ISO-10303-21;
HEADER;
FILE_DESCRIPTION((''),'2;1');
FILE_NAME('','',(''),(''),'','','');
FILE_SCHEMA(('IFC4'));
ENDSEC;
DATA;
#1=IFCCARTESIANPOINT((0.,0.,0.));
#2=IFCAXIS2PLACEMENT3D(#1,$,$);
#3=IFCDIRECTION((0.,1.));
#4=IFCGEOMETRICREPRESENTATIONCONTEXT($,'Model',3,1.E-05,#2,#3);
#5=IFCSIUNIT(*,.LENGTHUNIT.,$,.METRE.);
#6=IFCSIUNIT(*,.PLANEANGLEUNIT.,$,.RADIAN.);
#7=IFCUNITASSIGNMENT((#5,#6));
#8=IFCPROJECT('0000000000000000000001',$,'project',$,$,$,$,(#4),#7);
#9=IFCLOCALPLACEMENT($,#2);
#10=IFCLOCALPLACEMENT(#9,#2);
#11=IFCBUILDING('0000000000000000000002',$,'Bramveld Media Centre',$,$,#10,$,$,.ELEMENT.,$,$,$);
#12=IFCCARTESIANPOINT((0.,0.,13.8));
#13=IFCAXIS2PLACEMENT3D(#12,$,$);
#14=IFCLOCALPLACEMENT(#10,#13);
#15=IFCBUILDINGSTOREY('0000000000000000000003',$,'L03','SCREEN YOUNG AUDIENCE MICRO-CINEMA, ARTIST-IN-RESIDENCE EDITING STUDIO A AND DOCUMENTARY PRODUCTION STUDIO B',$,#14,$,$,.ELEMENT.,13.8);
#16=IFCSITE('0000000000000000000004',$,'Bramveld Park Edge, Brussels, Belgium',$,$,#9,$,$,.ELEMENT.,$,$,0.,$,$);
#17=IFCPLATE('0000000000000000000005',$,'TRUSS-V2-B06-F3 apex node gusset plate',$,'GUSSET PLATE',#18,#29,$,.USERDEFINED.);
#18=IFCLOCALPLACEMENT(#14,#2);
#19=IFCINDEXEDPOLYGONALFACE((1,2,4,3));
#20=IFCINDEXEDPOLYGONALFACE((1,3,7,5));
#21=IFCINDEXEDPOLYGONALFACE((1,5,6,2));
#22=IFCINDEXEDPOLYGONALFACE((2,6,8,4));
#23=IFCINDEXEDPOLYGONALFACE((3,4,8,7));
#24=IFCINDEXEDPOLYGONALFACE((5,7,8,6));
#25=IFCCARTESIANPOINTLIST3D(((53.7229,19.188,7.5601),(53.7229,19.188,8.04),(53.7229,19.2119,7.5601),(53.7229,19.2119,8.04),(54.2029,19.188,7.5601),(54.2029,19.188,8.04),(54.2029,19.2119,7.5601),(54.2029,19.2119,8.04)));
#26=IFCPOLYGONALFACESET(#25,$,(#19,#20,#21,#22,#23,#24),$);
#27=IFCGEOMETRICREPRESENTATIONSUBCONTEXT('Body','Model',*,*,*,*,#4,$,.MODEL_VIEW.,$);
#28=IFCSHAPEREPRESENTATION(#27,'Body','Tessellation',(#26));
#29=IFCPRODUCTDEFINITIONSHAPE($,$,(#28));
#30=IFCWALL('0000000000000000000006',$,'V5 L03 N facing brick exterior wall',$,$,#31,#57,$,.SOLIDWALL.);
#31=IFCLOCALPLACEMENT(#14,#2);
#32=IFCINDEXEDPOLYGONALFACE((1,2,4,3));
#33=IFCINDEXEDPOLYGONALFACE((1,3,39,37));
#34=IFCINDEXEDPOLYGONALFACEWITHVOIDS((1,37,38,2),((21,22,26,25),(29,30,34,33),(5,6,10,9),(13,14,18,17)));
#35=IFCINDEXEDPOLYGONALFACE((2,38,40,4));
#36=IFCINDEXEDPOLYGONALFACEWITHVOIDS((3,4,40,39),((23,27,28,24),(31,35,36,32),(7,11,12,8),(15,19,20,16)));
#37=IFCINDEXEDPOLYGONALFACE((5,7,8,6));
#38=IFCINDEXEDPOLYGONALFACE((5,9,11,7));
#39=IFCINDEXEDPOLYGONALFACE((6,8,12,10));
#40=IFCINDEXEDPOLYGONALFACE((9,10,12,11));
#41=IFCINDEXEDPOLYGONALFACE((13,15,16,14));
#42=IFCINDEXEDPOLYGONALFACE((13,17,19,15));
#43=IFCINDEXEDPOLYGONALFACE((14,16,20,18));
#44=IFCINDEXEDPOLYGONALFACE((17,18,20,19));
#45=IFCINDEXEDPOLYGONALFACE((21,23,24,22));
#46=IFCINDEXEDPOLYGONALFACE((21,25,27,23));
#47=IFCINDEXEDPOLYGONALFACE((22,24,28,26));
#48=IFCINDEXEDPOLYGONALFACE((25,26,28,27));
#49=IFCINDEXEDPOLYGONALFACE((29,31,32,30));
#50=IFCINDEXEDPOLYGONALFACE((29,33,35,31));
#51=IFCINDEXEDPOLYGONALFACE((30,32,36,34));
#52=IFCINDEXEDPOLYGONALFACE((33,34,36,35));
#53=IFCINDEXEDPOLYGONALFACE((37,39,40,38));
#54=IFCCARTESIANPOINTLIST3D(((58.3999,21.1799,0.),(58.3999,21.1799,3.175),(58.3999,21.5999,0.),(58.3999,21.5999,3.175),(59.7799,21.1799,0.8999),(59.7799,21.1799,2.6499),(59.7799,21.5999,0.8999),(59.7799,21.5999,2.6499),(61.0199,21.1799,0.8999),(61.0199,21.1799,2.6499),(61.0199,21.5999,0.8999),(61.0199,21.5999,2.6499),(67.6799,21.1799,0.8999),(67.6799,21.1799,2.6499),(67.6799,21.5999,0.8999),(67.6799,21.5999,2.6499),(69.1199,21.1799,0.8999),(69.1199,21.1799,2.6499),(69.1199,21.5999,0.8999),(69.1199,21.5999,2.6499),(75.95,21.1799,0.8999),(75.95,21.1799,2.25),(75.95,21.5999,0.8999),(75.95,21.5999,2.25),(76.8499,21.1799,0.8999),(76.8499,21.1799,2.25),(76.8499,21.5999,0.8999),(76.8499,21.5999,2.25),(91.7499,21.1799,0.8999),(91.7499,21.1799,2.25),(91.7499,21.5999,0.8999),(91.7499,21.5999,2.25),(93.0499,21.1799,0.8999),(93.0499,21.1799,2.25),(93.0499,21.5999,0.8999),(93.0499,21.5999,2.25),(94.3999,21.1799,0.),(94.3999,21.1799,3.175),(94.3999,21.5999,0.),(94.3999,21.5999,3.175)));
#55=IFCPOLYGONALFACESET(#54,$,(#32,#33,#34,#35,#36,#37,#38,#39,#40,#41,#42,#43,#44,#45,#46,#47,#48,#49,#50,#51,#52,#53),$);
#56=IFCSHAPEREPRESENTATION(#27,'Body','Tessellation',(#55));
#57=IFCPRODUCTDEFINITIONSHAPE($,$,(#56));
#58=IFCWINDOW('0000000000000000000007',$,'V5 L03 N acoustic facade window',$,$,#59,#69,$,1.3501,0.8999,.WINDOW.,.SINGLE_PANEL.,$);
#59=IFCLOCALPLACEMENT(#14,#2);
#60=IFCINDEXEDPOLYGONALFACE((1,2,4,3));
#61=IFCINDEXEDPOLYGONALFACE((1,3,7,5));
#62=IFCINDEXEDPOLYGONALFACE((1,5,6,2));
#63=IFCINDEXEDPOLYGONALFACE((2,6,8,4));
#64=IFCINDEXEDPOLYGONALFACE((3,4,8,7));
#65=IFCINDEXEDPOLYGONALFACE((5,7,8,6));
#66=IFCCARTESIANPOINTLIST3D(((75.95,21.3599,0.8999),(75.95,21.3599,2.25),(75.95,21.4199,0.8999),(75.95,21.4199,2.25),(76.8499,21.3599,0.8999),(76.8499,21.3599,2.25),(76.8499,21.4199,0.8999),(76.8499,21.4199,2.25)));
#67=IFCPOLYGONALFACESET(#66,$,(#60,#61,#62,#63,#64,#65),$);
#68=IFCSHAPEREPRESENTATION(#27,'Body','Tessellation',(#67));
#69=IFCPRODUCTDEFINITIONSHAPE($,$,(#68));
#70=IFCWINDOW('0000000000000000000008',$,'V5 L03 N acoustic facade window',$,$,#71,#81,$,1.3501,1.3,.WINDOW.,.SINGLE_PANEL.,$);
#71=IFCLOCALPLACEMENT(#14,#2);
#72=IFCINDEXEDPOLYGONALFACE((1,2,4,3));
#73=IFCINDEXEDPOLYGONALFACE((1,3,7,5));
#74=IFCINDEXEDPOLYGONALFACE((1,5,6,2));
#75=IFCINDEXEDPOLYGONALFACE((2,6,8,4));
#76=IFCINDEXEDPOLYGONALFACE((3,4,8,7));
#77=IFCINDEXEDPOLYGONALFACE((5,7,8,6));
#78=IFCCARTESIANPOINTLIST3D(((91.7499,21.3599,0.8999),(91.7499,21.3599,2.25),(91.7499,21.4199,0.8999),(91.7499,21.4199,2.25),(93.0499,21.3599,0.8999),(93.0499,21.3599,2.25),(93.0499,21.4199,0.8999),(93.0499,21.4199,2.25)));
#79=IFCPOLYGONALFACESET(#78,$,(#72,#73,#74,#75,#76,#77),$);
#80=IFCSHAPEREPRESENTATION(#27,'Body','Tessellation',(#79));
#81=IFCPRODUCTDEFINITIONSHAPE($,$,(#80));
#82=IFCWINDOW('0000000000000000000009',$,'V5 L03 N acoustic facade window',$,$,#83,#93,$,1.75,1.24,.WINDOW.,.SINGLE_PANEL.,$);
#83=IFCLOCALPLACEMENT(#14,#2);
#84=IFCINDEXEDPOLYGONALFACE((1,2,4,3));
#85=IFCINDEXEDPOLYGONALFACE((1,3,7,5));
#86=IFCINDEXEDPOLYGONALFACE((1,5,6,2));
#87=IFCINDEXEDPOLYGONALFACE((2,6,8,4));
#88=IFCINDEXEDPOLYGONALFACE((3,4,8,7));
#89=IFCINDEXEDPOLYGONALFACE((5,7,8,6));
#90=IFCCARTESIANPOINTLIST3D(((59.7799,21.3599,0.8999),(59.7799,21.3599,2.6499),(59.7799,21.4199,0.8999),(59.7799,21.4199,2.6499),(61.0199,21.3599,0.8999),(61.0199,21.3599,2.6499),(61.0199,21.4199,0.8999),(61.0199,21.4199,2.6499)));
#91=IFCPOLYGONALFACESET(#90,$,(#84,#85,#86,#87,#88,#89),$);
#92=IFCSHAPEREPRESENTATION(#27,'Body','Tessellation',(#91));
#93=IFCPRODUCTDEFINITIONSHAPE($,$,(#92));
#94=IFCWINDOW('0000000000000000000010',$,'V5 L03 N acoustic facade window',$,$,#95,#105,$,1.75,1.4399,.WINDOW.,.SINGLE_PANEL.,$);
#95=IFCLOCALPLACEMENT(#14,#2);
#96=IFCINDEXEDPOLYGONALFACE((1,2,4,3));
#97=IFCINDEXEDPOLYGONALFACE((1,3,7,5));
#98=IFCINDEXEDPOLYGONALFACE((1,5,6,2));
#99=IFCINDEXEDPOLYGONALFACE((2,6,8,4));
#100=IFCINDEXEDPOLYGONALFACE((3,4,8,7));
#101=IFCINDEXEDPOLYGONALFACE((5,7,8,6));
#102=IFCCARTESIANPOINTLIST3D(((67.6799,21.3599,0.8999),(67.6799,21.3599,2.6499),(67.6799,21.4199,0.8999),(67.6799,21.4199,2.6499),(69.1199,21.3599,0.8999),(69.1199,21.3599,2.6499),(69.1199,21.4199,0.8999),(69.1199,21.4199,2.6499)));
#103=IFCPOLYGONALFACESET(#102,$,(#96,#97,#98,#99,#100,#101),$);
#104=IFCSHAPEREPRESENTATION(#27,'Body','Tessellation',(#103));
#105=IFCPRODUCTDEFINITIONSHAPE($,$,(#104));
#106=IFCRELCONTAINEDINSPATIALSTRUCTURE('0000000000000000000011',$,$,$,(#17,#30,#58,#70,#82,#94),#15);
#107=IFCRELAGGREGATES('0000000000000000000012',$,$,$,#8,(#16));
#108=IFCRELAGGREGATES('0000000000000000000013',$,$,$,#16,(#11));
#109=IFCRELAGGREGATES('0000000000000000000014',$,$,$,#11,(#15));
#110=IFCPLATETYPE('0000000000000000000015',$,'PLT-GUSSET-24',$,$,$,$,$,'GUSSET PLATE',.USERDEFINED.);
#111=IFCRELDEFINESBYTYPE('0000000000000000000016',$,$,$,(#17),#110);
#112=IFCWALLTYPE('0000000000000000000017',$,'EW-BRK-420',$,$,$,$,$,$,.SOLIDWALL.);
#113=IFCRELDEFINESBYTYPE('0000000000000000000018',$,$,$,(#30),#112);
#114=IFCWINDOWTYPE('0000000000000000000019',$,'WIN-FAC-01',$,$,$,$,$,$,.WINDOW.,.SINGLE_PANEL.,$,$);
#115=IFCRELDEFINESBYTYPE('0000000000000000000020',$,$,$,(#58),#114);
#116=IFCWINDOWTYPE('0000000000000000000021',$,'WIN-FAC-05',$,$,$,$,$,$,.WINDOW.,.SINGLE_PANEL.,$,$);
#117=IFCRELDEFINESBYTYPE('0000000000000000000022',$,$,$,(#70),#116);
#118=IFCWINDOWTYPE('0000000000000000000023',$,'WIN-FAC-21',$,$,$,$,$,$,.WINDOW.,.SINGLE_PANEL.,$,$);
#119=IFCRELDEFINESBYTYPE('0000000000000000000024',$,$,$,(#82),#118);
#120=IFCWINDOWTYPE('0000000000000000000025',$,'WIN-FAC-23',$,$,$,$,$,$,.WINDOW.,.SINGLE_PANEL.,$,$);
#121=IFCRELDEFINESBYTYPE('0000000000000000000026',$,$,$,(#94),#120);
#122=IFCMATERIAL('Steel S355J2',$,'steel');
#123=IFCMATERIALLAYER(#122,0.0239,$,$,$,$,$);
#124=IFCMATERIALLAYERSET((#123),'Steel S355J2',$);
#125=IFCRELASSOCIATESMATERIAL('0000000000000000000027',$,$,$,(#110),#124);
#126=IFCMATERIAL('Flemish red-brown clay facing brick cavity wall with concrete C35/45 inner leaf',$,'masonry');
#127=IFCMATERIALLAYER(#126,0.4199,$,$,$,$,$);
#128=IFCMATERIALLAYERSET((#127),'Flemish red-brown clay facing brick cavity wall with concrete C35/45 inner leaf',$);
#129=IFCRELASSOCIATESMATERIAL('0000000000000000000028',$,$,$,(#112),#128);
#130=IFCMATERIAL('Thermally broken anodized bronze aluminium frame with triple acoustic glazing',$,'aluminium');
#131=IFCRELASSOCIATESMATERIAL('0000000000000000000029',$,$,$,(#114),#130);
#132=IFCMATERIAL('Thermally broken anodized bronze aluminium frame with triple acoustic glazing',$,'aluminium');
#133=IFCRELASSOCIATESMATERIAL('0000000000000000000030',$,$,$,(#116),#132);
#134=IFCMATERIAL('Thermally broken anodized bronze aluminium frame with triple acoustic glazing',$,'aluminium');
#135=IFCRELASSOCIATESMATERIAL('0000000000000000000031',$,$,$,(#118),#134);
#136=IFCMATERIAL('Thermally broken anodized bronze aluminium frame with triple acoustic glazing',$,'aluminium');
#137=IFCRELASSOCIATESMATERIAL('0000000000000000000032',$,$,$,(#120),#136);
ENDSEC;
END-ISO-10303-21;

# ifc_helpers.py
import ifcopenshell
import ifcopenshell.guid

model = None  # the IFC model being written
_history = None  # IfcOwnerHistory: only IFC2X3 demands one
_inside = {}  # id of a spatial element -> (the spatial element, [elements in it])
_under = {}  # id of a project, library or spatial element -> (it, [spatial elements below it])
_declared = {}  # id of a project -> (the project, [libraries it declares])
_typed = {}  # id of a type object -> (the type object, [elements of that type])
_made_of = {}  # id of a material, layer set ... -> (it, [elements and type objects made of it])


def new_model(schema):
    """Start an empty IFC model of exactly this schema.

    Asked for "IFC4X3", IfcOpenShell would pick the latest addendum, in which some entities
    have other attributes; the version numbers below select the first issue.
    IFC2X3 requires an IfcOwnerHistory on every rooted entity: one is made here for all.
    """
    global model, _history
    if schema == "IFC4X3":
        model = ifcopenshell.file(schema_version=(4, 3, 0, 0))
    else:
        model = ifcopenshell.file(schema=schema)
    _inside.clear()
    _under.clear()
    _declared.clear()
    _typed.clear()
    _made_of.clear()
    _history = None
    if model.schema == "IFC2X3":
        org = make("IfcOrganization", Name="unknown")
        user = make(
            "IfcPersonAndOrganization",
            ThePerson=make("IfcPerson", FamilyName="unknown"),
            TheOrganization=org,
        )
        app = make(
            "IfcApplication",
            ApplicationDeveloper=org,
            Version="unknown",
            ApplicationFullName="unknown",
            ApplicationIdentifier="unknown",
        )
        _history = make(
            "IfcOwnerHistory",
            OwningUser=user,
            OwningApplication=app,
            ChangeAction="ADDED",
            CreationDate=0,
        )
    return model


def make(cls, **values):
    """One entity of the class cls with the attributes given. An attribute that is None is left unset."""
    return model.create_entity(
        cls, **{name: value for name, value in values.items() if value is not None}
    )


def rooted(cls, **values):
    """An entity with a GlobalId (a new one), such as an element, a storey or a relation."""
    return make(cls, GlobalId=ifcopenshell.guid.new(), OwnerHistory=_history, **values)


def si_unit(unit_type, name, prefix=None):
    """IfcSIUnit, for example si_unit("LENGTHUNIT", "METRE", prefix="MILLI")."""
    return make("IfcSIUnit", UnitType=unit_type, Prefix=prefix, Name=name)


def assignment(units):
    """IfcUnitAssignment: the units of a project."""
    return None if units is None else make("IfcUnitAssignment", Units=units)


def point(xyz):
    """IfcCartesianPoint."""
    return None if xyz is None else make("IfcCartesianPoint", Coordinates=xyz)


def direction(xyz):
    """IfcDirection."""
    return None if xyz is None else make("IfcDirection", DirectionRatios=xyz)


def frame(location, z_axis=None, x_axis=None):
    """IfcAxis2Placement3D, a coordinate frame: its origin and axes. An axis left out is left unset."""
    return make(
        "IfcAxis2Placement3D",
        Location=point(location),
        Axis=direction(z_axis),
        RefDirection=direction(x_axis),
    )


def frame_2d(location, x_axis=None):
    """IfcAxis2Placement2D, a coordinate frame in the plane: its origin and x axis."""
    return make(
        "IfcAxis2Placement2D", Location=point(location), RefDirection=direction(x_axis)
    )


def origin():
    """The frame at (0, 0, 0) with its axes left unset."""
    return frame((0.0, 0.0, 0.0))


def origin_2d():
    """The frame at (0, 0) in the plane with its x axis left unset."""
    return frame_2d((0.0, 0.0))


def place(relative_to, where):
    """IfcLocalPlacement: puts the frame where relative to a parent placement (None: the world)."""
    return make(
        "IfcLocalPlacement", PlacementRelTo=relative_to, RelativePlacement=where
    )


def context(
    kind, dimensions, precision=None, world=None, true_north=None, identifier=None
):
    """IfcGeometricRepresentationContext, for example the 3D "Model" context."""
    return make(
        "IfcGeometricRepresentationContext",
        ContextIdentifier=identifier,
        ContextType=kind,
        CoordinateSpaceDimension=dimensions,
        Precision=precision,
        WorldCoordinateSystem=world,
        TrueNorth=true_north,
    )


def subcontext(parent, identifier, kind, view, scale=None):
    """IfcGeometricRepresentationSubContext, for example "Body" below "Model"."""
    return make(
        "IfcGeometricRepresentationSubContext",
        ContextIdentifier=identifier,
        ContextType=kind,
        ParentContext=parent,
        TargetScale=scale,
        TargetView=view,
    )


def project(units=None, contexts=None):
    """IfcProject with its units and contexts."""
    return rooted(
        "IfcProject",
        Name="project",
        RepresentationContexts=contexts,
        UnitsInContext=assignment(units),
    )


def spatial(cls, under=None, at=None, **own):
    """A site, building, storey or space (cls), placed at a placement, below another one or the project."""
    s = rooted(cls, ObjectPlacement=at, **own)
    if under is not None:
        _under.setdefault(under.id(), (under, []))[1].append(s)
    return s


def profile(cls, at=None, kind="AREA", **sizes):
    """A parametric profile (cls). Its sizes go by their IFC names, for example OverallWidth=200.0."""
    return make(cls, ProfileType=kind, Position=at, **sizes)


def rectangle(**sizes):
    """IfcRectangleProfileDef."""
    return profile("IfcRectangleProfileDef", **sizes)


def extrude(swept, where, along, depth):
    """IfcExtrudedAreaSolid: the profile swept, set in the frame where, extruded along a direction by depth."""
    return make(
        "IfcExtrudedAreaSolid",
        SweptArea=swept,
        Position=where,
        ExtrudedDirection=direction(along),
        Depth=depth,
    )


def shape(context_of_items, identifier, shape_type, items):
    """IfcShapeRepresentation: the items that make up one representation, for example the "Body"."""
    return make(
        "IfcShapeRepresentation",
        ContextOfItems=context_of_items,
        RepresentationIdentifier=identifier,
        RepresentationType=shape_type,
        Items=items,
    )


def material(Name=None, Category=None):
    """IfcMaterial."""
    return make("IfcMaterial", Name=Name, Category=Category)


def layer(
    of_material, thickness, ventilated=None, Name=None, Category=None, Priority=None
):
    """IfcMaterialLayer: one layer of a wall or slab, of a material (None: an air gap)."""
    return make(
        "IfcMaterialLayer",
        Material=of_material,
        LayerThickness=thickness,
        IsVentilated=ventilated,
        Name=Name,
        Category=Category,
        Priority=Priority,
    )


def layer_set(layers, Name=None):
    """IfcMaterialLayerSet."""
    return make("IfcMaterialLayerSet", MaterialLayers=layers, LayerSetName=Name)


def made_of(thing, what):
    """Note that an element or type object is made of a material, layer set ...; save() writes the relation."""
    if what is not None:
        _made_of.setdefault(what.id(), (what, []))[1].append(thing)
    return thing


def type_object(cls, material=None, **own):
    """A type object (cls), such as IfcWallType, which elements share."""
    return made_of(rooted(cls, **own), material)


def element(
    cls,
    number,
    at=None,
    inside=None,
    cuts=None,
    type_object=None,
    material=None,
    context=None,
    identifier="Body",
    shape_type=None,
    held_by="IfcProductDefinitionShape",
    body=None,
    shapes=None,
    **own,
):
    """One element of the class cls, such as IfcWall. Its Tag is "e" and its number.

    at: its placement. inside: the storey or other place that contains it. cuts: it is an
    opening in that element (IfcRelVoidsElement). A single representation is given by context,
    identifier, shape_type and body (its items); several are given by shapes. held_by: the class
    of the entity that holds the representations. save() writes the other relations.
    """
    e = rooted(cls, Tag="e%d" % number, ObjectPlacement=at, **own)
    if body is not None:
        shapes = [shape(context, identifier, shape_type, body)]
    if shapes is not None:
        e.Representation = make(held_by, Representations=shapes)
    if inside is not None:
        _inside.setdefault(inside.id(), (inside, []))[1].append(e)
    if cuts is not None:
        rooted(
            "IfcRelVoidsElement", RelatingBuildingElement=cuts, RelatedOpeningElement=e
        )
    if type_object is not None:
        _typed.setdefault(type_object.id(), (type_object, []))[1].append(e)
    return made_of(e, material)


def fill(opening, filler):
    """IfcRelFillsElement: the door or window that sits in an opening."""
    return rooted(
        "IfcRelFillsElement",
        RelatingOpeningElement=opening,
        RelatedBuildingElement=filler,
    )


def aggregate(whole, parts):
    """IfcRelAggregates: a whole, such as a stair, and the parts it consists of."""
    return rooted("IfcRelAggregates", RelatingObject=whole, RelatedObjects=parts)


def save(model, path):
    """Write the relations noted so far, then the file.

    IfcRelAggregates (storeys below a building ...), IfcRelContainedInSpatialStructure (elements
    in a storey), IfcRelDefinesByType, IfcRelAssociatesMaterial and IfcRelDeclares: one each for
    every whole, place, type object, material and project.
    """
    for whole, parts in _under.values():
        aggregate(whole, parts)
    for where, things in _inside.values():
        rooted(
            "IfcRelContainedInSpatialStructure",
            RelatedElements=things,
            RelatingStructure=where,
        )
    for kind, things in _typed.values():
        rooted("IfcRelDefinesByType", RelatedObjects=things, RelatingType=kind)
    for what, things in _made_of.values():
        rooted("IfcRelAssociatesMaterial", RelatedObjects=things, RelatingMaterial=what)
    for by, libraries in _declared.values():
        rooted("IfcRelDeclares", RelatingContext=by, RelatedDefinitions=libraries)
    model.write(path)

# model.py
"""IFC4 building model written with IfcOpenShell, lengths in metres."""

from ifc_helpers import new_model, si_unit, direction, frame, frame_2d, origin, origin_2d, place, context, subcontext, project, spatial, rectangle, extrude, material, layer, layer_set, type_object, element, fill, save


model = new_model("IFC4")

# Units and contexts
model_context = context("Model", 3, precision=1e-05, world=origin(), true_north=direction((0.0, 1.0)))
body_context = subcontext(model_context, "Body", "Model", "MODEL_VIEW")
ifc_project = project(units=[si_unit("LENGTHUNIT", "METRE"), si_unit("PLANEANGLEUNIT", "RADIAN")], contexts=[model_context])

# Site, building, storey
site_placement = place(None, origin())
site = spatial("IfcSite", under=ifc_project, at=site_placement, Name="Bramveld Park Edge, Brussels, Belgium", CompositionType="ELEMENT", RefElevation=0.0)
building_placement = place(site_placement, origin())
building = spatial("IfcBuilding", under=site, at=building_placement, Name="Bramveld Media Centre", CompositionType="ELEMENT")
storey_placement = place(building_placement, frame((0.0, 0.0, 13.8)))
storey = spatial("IfcBuildingStorey", under=building, at=storey_placement, Name="L03", Description="SCREEN YOUNG AUDIENCE MICRO-CINEMA, ARTIST-IN-RESIDENCE EDITING STUDIO A AND DOCUMENTARY PRODUCTION STUDIO B", CompositionType="ELEMENT", Elevation=13.8)

# Plate
ifc_material_1 = material(Name="Steel S355J2", Category="steel")
ifc_layer_1 = layer(ifc_material_1, 0.0239)
ifc_layer_set_1 = layer_set([ifc_layer_1], Name="Steel S355J2")
plate_type_1 = type_object("IfcPlateType", Name="PLT-GUSSET-24", ElementType="GUSSET PLATE", PredefinedType="USERDEFINED", material=ifc_layer_set_1)
plate_1_placement = place(storey_placement, frame((53.9629, 19.2, 7.5601), z_axis=(0.0, 0.0, 1.0), x_axis=(1.0, 0.0, 0.0)))
element("IfcPlate", 1, at=plate_1_placement, inside=storey, type_object=plate_type_1, Name="TRUSS-V2-B06-F3 apex node gusset plate", ObjectType="GUSSET PLATE", PredefinedType="USERDEFINED", context=body_context, shape_type="SweptSolid", body=[
    extrude(rectangle(XDim=0.48, YDim=0.0239, at=origin_2d()), origin(), (0.0, 0.0, 1.0), 0.48),
])

# Wall, openings, windows
ifc_material_2 = material(Name="Flemish red-brown clay facing brick cavity wall with concrete C35/45 inner leaf", Category="masonry")
ifc_layer_2 = layer(ifc_material_2, 0.4199)
ifc_layer_set_2 = layer_set([ifc_layer_2], Name="Flemish red-brown clay facing brick cavity wall with concrete C35/45 inner leaf")
wall_type = type_object("IfcWallType", Name="EW-BRK-420", PredefinedType="SOLIDWALL", material=ifc_layer_set_2)
wall_placement = place(storey_placement, frame((58.3999, 21.3899, 0.0), z_axis=(0.0, 0.0, 1.0), x_axis=(1.0, 0.0, 0.0)))
wall = element("IfcWall", 2, at=wall_placement, inside=storey, type_object=wall_type, Name="V5 L03 N facing brick exterior wall", PredefinedType="SOLIDWALL", context=body_context, shape_type="SweptSolid", body=[
    extrude(rectangle(XDim=36.0, YDim=0.4199, at=frame_2d((18.0, 0.0))), origin(), (0.0, 0.0, 1.0), 3.175),
])
opening_1_placement = place(wall_placement, frame((1.3799, 0.0, 0.8999)))
opening_1 = element("IfcOpeningElement", 3, at=opening_1_placement, cuts=wall, PredefinedType="OPENING", context=body_context, shape_type="SweptSolid", body=[
    extrude(rectangle(XDim=1.24, YDim=1.75, at=frame_2d((0.6201, 0.875))), frame((0.0, 0.2219, 0.0), z_axis=(0.0, -1.0, 0.0), x_axis=(1.0, 0.0, 0.0)), (0.0, 0.0, 1.0), 0.4438),
])
opening_2_placement = place(wall_placement, frame((9.28, 0.0, 0.8999)))
opening_2 = element("IfcOpeningElement", 4, at=opening_2_placement, cuts=wall, PredefinedType="OPENING", context=body_context, shape_type="SweptSolid", body=[
    extrude(rectangle(XDim=1.4399, YDim=1.75, at=frame_2d((0.72, 0.875))), frame((0.0, 0.2219, 0.0), z_axis=(0.0, -1.0, 0.0), x_axis=(1.0, 0.0, 0.0)), (0.0, 0.0, 1.0), 0.4438),
])
opening_3_placement = place(wall_placement, frame((17.55, 0.0, 0.8999)))
opening_3 = element("IfcOpeningElement", 5, at=opening_3_placement, cuts=wall, PredefinedType="OPENING", context=body_context, shape_type="SweptSolid", body=[
    extrude(rectangle(XDim=0.8999, YDim=1.3501, at=frame_2d((0.45, 0.675))), frame((0.0, 0.2219, 0.0), z_axis=(0.0, -1.0, 0.0), x_axis=(1.0, 0.0, 0.0)), (0.0, 0.0, 1.0), 0.4438),
])
opening_4_placement = place(wall_placement, frame((33.3501, 0.0, 0.8999)))
opening_4 = element("IfcOpeningElement", 6, at=opening_4_placement, cuts=wall, PredefinedType="OPENING", context=body_context, shape_type="SweptSolid", body=[
    extrude(rectangle(XDim=1.3, YDim=1.3501, at=frame_2d((0.6499, 0.675))), frame((0.0, 0.2219, 0.0), z_axis=(0.0, -1.0, 0.0), x_axis=(1.0, 0.0, 0.0)), (0.0, 0.0, 1.0), 0.4438),
])
ifc_material_3 = material(Name="Thermally broken anodized bronze aluminium frame with triple acoustic glazing", Category="aluminium")
window_type_1 = type_object("IfcWindowType", Name="WIN-FAC-01", PartitioningType="SINGLE_PANEL", PredefinedType="WINDOW", material=ifc_material_3)
window_1_placement = place(opening_3_placement, origin())
window_1 = element("IfcWindow", 7, at=window_1_placement, inside=storey, type_object=window_type_1, Name="V5 L03 N acoustic facade window", OverallHeight=1.3501, OverallWidth=0.8999, PartitioningType="SINGLE_PANEL", PredefinedType="WINDOW", context=body_context, shape_type="SweptSolid", body=[
    extrude(rectangle(XDim=0.8999, YDim=1.3501, at=frame_2d((0.45, 0.675))), frame((0.0, 0.03, 0.0), z_axis=(0.0, -1.0, 0.0), x_axis=(1.0, 0.0, 0.0)), (0.0, 0.0, 1.0), 0.0601),
])
fill(opening_3, window_1)
ifc_material_4 = material(Name="Thermally broken anodized bronze aluminium frame with triple acoustic glazing", Category="aluminium")
window_type_2 = type_object("IfcWindowType", Name="WIN-FAC-05", PartitioningType="SINGLE_PANEL", PredefinedType="WINDOW", material=ifc_material_4)
window_2_placement = place(opening_4_placement, origin())
window_2 = element("IfcWindow", 8, at=window_2_placement, inside=storey, type_object=window_type_2, Name="V5 L03 N acoustic facade window", OverallHeight=1.3501, OverallWidth=1.3, PartitioningType="SINGLE_PANEL", PredefinedType="WINDOW", context=body_context, shape_type="SweptSolid", body=[
    extrude(rectangle(XDim=1.3, YDim=1.3501, at=frame_2d((0.6499, 0.675))), frame((0.0, 0.03, 0.0), z_axis=(0.0, -1.0, 0.0), x_axis=(1.0, 0.0, 0.0)), (0.0, 0.0, 1.0), 0.0601),
])
fill(opening_4, window_2)
ifc_material_5 = material(Name="Thermally broken anodized bronze aluminium frame with triple acoustic glazing", Category="aluminium")
window_type_3 = type_object("IfcWindowType", Name="WIN-FAC-21", PartitioningType="SINGLE_PANEL", PredefinedType="WINDOW", material=ifc_material_5)
window_3_placement = place(opening_1_placement, origin())
window_3 = element("IfcWindow", 9, at=window_3_placement, inside=storey, type_object=window_type_3, Name="V5 L03 N acoustic facade window", OverallHeight=1.75, OverallWidth=1.24, PartitioningType="SINGLE_PANEL", PredefinedType="WINDOW", context=body_context, shape_type="SweptSolid", body=[
    extrude(rectangle(XDim=1.24, YDim=1.75, at=frame_2d((0.6201, 0.875))), frame((0.0, 0.03, 0.0), z_axis=(0.0, -1.0, 0.0), x_axis=(1.0, 0.0, 0.0)), (0.0, 0.0, 1.0), 0.0601),
])
fill(opening_1, window_3)
ifc_material_6 = material(Name="Thermally broken anodized bronze aluminium frame with triple acoustic glazing", Category="aluminium")
window_type_4 = type_object("IfcWindowType", Name="WIN-FAC-23", PartitioningType="SINGLE_PANEL", PredefinedType="WINDOW", material=ifc_material_6)
window_4_placement = place(opening_2_placement, origin())
window_4 = element("IfcWindow", 10, at=window_4_placement, inside=storey, type_object=window_type_4, Name="V5 L03 N acoustic facade window", OverallHeight=1.75, OverallWidth=1.4399, PartitioningType="SINGLE_PANEL", PredefinedType="WINDOW", context=body_context, shape_type="SweptSolid", body=[
    extrude(rectangle(XDim=1.4399, YDim=1.75, at=frame_2d((0.72, 0.875))), frame((0.0, 0.03, 0.0), z_axis=(0.0, -1.0, 0.0), x_axis=(1.0, 0.0, 0.0)), (0.0, 0.0, 1.0), 0.0601),
])
fill(opening_2, window_4)

save(model, "model.ifc")
